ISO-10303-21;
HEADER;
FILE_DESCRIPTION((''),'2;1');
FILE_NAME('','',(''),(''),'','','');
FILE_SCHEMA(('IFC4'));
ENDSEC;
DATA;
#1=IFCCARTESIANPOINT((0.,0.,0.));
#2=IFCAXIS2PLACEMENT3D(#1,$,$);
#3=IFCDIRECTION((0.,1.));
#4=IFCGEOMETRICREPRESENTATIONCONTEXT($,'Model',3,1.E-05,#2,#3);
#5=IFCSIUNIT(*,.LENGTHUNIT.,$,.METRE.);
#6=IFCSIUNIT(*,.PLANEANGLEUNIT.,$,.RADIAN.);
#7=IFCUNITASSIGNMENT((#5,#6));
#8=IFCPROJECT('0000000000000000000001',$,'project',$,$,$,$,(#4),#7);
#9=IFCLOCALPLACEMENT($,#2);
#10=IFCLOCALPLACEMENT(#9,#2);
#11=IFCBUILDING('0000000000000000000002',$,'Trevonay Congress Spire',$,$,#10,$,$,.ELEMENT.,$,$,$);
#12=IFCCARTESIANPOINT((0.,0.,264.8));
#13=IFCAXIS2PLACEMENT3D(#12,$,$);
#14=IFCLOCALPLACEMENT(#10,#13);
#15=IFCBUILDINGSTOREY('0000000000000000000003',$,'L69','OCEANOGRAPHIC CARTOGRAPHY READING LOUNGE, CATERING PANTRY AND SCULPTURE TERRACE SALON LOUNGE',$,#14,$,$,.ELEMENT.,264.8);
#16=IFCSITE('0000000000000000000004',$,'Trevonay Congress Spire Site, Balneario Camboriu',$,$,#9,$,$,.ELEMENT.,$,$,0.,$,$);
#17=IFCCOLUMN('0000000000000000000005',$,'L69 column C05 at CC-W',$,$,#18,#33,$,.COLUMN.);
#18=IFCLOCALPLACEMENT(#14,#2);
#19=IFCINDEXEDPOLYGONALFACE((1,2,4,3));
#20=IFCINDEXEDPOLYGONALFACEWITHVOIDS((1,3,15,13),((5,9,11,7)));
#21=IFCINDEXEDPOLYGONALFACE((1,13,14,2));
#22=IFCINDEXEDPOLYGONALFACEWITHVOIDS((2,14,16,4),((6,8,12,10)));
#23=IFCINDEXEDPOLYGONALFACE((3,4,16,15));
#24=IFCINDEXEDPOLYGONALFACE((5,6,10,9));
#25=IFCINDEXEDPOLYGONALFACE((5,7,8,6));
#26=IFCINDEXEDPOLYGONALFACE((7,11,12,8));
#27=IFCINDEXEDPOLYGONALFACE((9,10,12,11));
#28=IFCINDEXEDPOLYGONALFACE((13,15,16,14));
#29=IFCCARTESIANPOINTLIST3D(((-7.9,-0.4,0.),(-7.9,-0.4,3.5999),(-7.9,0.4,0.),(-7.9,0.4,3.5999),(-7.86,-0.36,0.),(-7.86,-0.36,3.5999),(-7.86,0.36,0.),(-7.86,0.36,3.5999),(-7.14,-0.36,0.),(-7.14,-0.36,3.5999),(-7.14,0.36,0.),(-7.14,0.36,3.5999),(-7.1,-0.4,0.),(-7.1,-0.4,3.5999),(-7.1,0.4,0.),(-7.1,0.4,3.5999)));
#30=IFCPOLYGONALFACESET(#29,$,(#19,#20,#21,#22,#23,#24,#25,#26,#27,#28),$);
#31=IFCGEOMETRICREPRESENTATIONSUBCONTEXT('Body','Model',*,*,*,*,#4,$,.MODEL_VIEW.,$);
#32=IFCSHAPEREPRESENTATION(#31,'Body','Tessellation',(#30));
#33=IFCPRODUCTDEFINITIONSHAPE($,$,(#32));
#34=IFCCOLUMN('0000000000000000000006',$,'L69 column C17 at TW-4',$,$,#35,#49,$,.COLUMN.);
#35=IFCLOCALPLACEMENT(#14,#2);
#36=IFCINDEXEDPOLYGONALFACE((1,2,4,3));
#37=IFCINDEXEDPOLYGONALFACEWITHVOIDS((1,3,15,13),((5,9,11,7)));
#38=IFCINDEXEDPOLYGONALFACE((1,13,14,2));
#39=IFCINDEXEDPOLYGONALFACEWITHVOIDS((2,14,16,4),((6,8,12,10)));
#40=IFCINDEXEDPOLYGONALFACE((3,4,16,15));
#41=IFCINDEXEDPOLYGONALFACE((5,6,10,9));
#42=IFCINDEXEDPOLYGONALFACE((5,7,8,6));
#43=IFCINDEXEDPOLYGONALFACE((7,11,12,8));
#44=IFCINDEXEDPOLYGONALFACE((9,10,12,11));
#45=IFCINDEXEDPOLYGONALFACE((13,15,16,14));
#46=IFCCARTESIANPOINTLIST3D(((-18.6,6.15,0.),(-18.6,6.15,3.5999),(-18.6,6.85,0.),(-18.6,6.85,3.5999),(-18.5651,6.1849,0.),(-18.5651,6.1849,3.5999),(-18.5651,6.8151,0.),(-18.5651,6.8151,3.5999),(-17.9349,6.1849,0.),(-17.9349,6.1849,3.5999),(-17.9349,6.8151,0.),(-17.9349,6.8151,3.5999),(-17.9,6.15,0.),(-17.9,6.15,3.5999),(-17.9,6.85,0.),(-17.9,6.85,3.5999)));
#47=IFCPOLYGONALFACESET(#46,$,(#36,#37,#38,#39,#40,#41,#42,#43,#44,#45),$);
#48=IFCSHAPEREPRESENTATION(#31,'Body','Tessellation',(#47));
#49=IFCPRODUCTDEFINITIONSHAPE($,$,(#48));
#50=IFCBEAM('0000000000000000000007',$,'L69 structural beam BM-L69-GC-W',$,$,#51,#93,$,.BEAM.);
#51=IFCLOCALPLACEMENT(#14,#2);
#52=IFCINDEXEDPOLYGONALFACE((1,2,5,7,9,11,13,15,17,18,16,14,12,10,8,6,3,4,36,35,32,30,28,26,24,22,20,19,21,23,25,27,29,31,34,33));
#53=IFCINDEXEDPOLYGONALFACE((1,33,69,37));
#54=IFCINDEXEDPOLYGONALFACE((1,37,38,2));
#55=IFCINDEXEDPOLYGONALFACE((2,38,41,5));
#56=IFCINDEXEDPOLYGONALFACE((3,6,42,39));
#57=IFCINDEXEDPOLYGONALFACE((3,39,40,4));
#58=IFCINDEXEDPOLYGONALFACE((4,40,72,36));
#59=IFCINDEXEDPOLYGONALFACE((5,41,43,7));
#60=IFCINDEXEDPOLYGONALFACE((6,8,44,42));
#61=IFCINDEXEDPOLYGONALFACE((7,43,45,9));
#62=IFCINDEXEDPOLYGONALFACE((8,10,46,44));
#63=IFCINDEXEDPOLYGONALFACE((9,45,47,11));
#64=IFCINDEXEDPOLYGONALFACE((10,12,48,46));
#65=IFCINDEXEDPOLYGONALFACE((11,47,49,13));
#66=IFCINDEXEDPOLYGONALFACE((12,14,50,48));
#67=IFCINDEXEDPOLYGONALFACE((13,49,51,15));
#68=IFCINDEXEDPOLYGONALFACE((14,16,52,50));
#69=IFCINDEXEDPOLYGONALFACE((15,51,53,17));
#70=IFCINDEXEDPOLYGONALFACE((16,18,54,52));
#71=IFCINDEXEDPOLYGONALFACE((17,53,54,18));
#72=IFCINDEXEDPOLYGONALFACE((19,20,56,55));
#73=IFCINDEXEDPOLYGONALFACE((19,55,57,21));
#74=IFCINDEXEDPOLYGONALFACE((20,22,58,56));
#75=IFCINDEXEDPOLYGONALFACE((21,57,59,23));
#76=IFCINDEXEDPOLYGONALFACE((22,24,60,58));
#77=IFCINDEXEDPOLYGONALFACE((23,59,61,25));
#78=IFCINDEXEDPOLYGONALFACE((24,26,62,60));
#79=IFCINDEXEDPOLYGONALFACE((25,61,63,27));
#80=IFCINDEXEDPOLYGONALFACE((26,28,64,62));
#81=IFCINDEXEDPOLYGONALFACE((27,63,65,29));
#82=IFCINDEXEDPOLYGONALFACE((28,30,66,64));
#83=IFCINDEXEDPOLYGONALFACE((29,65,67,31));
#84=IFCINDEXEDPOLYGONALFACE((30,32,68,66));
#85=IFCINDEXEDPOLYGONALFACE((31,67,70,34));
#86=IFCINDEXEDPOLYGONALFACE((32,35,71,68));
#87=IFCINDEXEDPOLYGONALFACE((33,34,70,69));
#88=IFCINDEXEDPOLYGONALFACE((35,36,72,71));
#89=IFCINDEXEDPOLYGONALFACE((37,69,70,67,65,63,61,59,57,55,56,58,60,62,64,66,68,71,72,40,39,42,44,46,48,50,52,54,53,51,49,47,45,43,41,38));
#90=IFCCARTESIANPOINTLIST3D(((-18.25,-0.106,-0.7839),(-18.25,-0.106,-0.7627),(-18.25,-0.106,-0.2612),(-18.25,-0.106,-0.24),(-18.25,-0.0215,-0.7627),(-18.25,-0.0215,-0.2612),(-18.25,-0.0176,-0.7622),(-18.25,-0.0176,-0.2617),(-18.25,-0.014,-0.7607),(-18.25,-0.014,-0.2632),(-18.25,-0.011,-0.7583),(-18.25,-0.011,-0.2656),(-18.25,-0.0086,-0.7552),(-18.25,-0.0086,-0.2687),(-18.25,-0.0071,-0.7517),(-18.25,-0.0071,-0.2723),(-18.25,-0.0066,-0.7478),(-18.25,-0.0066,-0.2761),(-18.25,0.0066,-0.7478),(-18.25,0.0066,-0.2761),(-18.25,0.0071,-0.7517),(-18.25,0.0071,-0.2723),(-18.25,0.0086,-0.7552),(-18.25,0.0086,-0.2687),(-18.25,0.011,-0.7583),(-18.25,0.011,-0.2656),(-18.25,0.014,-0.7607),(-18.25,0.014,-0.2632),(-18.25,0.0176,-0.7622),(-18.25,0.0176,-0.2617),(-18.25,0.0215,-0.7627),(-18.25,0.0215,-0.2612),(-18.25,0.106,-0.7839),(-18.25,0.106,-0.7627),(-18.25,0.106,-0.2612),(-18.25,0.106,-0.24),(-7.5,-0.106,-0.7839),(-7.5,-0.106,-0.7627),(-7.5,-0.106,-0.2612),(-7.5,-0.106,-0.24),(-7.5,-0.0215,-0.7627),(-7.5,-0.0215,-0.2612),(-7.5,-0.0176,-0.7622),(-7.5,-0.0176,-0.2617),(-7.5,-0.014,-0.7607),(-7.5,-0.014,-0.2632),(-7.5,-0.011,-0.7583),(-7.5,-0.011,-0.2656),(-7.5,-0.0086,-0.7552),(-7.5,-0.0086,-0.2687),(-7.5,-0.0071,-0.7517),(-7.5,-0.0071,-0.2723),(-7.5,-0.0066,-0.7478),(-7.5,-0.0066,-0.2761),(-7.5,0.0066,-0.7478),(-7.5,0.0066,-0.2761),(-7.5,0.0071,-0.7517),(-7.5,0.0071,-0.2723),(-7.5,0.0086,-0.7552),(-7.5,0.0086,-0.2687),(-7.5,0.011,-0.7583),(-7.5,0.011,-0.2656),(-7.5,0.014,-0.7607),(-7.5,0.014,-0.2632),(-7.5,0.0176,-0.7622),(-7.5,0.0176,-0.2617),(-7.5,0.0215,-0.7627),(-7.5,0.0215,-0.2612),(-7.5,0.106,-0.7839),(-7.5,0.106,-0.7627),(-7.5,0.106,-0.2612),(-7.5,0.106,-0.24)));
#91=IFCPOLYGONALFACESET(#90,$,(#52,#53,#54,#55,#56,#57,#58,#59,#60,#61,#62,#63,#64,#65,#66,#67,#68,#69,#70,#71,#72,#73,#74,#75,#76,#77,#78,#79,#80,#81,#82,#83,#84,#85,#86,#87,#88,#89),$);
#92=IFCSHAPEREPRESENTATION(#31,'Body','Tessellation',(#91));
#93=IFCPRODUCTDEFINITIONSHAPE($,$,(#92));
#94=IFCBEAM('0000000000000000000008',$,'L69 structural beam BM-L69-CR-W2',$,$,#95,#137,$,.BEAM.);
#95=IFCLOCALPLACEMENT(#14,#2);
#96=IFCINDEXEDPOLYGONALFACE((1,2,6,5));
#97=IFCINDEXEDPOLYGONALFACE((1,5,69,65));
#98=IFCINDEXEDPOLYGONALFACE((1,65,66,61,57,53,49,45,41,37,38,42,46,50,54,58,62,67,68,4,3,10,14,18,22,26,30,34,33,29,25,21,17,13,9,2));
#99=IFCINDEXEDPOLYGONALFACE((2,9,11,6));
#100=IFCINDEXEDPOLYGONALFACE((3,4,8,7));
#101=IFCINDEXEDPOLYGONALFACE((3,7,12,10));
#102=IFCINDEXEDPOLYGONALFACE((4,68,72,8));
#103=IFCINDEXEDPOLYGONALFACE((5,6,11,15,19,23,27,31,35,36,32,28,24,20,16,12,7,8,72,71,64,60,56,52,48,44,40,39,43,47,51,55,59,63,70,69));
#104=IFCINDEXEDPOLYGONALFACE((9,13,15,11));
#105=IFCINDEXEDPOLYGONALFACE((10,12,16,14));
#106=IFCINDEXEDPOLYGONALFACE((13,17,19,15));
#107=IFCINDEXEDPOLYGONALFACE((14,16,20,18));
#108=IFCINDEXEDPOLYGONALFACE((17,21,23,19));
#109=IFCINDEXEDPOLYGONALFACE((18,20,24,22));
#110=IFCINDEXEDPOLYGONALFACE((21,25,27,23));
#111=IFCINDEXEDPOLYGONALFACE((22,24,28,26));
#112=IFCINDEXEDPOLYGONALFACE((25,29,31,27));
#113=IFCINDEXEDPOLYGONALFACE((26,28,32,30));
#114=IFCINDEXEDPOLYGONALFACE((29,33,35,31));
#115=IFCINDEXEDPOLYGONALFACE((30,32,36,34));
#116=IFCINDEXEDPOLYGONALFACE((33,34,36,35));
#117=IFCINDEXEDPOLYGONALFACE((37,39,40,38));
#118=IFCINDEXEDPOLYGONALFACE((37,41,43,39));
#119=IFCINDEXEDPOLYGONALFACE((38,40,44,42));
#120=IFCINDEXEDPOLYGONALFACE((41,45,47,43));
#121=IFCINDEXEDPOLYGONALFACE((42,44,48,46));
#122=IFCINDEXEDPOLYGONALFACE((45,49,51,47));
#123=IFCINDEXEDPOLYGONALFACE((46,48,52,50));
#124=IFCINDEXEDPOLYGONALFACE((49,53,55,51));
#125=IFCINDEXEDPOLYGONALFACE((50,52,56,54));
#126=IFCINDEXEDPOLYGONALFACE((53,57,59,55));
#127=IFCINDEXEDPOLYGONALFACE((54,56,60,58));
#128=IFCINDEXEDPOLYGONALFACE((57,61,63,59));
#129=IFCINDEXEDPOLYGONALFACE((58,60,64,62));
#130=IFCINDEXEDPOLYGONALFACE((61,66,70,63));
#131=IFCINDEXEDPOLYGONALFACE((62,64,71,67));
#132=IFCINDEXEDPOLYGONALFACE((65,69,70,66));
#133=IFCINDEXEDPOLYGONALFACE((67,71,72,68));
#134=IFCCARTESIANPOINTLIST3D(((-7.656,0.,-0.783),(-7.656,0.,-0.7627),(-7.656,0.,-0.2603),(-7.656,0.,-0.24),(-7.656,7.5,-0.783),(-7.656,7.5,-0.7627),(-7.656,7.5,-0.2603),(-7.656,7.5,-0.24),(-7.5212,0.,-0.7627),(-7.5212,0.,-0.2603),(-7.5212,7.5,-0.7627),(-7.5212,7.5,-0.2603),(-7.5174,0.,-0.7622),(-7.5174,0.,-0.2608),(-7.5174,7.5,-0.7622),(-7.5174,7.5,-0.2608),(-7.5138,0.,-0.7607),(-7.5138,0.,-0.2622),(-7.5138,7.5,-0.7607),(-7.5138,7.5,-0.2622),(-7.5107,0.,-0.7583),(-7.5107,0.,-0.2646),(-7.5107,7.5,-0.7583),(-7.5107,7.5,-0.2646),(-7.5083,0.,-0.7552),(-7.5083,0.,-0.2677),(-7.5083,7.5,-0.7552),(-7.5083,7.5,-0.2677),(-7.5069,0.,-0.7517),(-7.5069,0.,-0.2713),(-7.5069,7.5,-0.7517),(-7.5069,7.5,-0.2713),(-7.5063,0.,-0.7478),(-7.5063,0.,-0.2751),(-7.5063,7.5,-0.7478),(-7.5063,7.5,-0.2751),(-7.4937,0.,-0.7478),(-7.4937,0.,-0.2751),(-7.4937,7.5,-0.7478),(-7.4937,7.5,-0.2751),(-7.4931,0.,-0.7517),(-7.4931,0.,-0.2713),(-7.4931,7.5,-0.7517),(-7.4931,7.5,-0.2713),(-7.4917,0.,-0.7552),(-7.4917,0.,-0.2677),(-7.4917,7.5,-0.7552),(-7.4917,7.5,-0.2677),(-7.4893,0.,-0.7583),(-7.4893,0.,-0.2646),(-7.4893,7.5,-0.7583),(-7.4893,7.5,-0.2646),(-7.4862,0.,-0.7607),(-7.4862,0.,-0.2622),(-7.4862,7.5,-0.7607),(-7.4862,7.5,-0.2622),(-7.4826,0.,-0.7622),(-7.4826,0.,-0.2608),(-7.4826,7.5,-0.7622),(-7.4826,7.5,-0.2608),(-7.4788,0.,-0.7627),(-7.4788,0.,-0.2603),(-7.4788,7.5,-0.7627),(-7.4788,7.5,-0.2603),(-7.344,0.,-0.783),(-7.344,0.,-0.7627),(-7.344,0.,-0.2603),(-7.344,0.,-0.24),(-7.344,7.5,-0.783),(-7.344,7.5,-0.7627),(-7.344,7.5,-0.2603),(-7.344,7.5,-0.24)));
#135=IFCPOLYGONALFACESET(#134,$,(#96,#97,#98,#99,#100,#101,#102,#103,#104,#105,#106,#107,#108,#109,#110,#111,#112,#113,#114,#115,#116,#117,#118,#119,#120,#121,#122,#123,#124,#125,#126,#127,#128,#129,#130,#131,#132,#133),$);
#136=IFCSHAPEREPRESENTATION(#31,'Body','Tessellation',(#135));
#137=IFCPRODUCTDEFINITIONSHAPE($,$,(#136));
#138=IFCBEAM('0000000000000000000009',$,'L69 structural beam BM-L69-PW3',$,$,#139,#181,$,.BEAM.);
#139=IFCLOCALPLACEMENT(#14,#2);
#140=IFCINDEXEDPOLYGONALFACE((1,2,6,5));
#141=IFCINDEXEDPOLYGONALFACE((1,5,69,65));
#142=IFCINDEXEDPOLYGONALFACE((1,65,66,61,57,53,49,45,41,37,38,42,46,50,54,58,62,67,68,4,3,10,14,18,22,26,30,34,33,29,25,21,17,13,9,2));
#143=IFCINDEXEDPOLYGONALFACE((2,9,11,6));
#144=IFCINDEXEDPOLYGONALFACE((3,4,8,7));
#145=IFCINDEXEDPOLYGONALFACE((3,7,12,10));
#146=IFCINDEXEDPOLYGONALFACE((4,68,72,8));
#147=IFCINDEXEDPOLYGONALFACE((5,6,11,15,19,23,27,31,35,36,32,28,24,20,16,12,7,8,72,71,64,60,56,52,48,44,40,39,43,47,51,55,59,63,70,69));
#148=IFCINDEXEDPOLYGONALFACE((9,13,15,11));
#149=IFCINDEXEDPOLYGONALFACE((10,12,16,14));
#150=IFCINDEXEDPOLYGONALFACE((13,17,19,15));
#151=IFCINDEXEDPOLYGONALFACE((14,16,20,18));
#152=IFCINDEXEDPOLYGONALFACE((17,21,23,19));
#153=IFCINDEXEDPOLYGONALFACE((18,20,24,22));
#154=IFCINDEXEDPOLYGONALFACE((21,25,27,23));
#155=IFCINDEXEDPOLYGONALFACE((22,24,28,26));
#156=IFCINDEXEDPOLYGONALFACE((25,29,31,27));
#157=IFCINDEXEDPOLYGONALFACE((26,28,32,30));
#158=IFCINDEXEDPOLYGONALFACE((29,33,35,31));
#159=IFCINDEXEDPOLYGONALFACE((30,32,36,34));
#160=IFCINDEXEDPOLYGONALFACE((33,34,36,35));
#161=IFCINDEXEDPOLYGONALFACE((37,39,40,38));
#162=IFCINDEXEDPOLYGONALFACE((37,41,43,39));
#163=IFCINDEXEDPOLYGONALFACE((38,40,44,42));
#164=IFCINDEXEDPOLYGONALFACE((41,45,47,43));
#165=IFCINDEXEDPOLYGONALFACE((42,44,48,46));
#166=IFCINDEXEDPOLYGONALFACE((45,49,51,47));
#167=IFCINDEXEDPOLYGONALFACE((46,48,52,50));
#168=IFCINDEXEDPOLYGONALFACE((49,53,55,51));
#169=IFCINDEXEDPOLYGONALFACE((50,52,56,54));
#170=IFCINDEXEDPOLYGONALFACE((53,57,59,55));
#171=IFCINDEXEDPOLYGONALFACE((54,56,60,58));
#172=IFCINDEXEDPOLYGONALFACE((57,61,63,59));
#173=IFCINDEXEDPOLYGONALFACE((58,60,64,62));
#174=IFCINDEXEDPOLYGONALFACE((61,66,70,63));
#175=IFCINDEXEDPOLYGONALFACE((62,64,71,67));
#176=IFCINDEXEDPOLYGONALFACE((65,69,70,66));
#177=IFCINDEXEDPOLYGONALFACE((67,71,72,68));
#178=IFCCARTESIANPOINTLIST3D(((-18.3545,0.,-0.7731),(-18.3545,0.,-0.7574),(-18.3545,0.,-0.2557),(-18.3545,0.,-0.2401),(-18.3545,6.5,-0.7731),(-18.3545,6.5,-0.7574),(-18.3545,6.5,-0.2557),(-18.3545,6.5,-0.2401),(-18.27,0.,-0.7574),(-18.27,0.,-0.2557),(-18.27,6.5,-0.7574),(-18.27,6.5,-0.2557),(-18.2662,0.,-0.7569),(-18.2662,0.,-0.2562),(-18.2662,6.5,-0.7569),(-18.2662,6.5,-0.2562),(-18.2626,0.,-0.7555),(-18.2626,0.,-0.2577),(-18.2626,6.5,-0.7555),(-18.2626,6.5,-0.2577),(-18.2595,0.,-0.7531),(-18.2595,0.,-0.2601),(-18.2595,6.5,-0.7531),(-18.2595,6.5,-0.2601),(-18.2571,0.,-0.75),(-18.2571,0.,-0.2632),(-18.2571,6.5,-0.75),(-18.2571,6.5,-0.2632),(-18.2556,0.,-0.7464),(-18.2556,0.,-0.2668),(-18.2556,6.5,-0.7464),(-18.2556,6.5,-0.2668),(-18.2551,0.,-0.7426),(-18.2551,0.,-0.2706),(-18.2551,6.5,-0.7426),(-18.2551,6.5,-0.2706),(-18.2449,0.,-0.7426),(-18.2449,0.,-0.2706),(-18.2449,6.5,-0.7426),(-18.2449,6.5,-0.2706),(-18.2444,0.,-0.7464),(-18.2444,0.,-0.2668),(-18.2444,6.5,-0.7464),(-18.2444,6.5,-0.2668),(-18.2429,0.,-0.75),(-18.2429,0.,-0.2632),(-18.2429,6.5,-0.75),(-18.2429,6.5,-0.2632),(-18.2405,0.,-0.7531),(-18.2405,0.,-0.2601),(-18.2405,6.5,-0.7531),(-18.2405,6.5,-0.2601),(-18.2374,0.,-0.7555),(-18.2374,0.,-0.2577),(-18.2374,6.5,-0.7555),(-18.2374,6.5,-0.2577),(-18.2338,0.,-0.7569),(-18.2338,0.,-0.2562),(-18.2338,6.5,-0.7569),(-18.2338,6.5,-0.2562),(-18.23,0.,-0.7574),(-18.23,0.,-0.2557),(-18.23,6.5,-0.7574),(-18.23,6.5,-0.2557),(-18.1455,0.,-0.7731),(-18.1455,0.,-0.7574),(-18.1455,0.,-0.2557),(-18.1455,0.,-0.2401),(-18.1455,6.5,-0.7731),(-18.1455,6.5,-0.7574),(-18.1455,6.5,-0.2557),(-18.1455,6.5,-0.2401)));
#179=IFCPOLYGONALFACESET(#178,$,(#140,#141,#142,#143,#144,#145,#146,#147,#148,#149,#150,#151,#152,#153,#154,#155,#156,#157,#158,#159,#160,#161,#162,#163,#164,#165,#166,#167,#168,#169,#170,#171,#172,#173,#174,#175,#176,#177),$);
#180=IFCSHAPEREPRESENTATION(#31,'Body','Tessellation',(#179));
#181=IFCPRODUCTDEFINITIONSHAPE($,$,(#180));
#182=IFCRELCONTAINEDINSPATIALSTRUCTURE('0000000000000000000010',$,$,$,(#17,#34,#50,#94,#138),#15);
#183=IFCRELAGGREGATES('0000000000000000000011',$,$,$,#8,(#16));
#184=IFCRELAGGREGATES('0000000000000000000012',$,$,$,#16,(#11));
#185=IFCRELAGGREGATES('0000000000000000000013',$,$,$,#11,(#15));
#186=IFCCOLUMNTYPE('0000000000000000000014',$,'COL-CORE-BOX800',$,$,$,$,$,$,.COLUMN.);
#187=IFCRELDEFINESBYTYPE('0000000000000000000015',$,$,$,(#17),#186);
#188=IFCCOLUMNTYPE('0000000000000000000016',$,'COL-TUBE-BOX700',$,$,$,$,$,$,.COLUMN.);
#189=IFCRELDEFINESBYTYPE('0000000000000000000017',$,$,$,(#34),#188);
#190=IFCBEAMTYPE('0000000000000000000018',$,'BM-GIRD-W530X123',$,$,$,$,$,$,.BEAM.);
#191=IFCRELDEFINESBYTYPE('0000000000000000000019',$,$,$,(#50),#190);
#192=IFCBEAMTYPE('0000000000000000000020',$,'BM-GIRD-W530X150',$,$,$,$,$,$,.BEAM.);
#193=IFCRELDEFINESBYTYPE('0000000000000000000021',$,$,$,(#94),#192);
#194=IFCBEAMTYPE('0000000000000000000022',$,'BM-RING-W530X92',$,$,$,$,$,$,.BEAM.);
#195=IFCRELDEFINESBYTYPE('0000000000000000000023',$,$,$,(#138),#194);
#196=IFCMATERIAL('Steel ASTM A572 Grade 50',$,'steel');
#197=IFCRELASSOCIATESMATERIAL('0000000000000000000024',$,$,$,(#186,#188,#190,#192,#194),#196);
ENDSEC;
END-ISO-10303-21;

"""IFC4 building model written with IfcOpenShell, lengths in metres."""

from ifc_helpers import new_model, si_unit, direction, frame, origin, origin_2d, place, context, subcontext, project, spatial, hollow_rectangle, i_section, extrude, material, material_profile, profile_set, type_object, element, save


model = new_model("IFC4")

# Units and contexts
model_context = context("Model", 3, precision=1e-05, world=origin(), true_north=direction((0.0, 1.0)))
body_context = subcontext(model_context, "Body", "Model", "MODEL_VIEW")
ifc_project = project(units=[si_unit("LENGTHUNIT", "METRE"), si_unit("PLANEANGLEUNIT", "RADIAN")], contexts=[model_context])

# Site, building, storey
site_placement = place(None, origin())
site = spatial("IfcSite", under=ifc_project, at=site_placement, Name="Trevonay Congress Spire Site, Balneario Camboriu", CompositionType="ELEMENT", RefElevation=0.0)
building_placement = place(site_placement, origin())
building = spatial("IfcBuilding", under=site, at=building_placement, Name="Trevonay Congress Spire", CompositionType="ELEMENT")
storey_placement = place(building_placement, frame((0.0, 0.0, 264.8)))
storey = spatial("IfcBuildingStorey", under=building, at=storey_placement, Name="L69", Description="OCEANOGRAPHIC CARTOGRAPHY READING LOUNGE, CATERING PANTRY AND SCULPTURE TERRACE SALON LOUNGE", CompositionType="ELEMENT", Elevation=264.8)

# Columns
ifc_material_1 = material(Name="Steel ASTM A572 Grade 50", Category="steel")
ifc_material_profile_1 = material_profile(ifc_material_1, hollow_rectangle(XDim=0.8, YDim=0.8, WallThickness=0.04, at=origin_2d()), Name="BOX 800x800x40")
ifc_profile_set_1 = profile_set([ifc_material_profile_1], Name="Steel ASTM A572 Grade 50")
column_type_1 = type_object("IfcColumnType", Name="COL-CORE-BOX800", PredefinedType="COLUMN", material=ifc_profile_set_1)
column_1_placement = place(storey_placement, frame((-7.5, 0.0, 0.0), z_axis=(0.0, 0.0, 1.0), x_axis=(1.0, 0.0, 0.0)))
element("IfcColumn", 1, at=column_1_placement, inside=storey, type_object=column_type_1, Name="L69 column C05 at CC-W", PredefinedType="COLUMN", context=body_context, shape_type="SweptSolid", body=[
    extrude(hollow_rectangle(XDim=0.8, YDim=0.8, WallThickness=0.04, at=origin_2d()), origin(), (0.0, 0.0, 1.0), 3.5999),
])
ifc_material_profile_2 = material_profile(ifc_material_1, hollow_rectangle(XDim=0.7, YDim=0.7, WallThickness=0.0349, at=origin_2d()), Name="BOX 700x700x35")
ifc_profile_set_2 = profile_set([ifc_material_profile_2], Name="Steel ASTM A572 Grade 50")
column_type_2 = type_object("IfcColumnType", Name="COL-TUBE-BOX700", PredefinedType="COLUMN", material=ifc_profile_set_2)
column_2_placement = place(storey_placement, frame((-18.25, 6.5, 0.0), z_axis=(0.0, 0.0, 1.0), x_axis=(1.0, 0.0, 0.0)))
element("IfcColumn", 2, at=column_2_placement, inside=storey, type_object=column_type_2, Name="L69 column C17 at TW-4", PredefinedType="COLUMN", context=body_context, shape_type="SweptSolid", body=[
    extrude(hollow_rectangle(XDim=0.7, YDim=0.7, WallThickness=0.0349, at=origin_2d()), origin(), (0.0, 0.0, 1.0), 3.5999),
])

# Beams
ifc_material_profile_3 = material_profile(ifc_material_1, i_section(OverallWidth=0.2119, OverallDepth=0.5439, WebThickness=0.0132, FlangeThickness=0.0212, FilletRadius=0.0149, at=origin_2d()), Name="W530x123")
ifc_profile_set_3 = profile_set([ifc_material_profile_3], Name="Steel ASTM A572 Grade 50")
beam_type_1 = type_object("IfcBeamType", Name="BM-GIRD-W530X123", PredefinedType="BEAM", material=ifc_profile_set_3)
beam_1_placement = place(storey_placement, frame((-7.5, 0.0, -0.512), z_axis=(-1.0, 0.0, 0.0), x_axis=(0.0, -1.0, 0.0)))
element("IfcBeam", 3, at=beam_1_placement, inside=storey, type_object=beam_type_1, Name="L69 structural beam BM-L69-GC-W", PredefinedType="BEAM", context=body_context, shape_type="SweptSolid", body=[
    extrude(i_section(OverallWidth=0.2119, OverallDepth=0.5439, WebThickness=0.0132, FlangeThickness=0.0212, FilletRadius=0.0149, at=origin_2d()), origin(), (0.0, 0.0, 1.0), 10.75),
])
ifc_material_profile_4 = material_profile(ifc_material_1, i_section(OverallWidth=0.312, OverallDepth=0.543, WebThickness=0.0127, FlangeThickness=0.0203, FilletRadius=0.0149, at=origin_2d()), Name="W530x150")
ifc_profile_set_4 = profile_set([ifc_material_profile_4], Name="Steel ASTM A572 Grade 50")
beam_type_2 = type_object("IfcBeamType", Name="BM-GIRD-W530X150", PredefinedType="BEAM", material=ifc_profile_set_4)
beam_2_placement = place(storey_placement, frame((-7.5, 0.0, -0.5115), z_axis=(0.0, 1.0, 0.0), x_axis=(-1.0, 0.0, 0.0)))
element("IfcBeam", 4, at=beam_2_placement, inside=storey, type_object=beam_type_2, Name="L69 structural beam BM-L69-CR-W2", PredefinedType="BEAM", context=body_context, shape_type="SweptSolid", body=[
    extrude(i_section(OverallWidth=0.312, OverallDepth=0.543, WebThickness=0.0127, FlangeThickness=0.0203, FilletRadius=0.0149, at=origin_2d()), origin(), (0.0, 0.0, 1.0), 7.5),
])
ifc_material_profile_5 = material_profile(ifc_material_1, i_section(OverallWidth=0.209, OverallDepth=0.533, WebThickness=0.0103, FlangeThickness=0.0156, FilletRadius=0.0149, at=origin_2d()), Name="W530x92")
ifc_profile_set_5 = profile_set([ifc_material_profile_5], Name="Steel ASTM A572 Grade 50")
beam_type_3 = type_object("IfcBeamType", Name="BM-RING-W530X92", PredefinedType="BEAM", material=ifc_profile_set_5)
beam_3_placement = place(storey_placement, frame((-18.25, 0.0, -0.5066), z_axis=(0.0, 1.0, 0.0), x_axis=(-1.0, 0.0, 0.0)))
element("IfcBeam", 5, at=beam_3_placement, inside=storey, type_object=beam_type_3, Name="L69 structural beam BM-L69-PW3", PredefinedType="BEAM", context=body_context, shape_type="SweptSolid", body=[
    extrude(i_section(OverallWidth=0.209, OverallDepth=0.533, WebThickness=0.0103, FlangeThickness=0.0156, FilletRadius=0.0149, at=origin_2d()), origin(), (0.0, 0.0, 1.0), 6.5),
])

save(model, "model.ifc")
